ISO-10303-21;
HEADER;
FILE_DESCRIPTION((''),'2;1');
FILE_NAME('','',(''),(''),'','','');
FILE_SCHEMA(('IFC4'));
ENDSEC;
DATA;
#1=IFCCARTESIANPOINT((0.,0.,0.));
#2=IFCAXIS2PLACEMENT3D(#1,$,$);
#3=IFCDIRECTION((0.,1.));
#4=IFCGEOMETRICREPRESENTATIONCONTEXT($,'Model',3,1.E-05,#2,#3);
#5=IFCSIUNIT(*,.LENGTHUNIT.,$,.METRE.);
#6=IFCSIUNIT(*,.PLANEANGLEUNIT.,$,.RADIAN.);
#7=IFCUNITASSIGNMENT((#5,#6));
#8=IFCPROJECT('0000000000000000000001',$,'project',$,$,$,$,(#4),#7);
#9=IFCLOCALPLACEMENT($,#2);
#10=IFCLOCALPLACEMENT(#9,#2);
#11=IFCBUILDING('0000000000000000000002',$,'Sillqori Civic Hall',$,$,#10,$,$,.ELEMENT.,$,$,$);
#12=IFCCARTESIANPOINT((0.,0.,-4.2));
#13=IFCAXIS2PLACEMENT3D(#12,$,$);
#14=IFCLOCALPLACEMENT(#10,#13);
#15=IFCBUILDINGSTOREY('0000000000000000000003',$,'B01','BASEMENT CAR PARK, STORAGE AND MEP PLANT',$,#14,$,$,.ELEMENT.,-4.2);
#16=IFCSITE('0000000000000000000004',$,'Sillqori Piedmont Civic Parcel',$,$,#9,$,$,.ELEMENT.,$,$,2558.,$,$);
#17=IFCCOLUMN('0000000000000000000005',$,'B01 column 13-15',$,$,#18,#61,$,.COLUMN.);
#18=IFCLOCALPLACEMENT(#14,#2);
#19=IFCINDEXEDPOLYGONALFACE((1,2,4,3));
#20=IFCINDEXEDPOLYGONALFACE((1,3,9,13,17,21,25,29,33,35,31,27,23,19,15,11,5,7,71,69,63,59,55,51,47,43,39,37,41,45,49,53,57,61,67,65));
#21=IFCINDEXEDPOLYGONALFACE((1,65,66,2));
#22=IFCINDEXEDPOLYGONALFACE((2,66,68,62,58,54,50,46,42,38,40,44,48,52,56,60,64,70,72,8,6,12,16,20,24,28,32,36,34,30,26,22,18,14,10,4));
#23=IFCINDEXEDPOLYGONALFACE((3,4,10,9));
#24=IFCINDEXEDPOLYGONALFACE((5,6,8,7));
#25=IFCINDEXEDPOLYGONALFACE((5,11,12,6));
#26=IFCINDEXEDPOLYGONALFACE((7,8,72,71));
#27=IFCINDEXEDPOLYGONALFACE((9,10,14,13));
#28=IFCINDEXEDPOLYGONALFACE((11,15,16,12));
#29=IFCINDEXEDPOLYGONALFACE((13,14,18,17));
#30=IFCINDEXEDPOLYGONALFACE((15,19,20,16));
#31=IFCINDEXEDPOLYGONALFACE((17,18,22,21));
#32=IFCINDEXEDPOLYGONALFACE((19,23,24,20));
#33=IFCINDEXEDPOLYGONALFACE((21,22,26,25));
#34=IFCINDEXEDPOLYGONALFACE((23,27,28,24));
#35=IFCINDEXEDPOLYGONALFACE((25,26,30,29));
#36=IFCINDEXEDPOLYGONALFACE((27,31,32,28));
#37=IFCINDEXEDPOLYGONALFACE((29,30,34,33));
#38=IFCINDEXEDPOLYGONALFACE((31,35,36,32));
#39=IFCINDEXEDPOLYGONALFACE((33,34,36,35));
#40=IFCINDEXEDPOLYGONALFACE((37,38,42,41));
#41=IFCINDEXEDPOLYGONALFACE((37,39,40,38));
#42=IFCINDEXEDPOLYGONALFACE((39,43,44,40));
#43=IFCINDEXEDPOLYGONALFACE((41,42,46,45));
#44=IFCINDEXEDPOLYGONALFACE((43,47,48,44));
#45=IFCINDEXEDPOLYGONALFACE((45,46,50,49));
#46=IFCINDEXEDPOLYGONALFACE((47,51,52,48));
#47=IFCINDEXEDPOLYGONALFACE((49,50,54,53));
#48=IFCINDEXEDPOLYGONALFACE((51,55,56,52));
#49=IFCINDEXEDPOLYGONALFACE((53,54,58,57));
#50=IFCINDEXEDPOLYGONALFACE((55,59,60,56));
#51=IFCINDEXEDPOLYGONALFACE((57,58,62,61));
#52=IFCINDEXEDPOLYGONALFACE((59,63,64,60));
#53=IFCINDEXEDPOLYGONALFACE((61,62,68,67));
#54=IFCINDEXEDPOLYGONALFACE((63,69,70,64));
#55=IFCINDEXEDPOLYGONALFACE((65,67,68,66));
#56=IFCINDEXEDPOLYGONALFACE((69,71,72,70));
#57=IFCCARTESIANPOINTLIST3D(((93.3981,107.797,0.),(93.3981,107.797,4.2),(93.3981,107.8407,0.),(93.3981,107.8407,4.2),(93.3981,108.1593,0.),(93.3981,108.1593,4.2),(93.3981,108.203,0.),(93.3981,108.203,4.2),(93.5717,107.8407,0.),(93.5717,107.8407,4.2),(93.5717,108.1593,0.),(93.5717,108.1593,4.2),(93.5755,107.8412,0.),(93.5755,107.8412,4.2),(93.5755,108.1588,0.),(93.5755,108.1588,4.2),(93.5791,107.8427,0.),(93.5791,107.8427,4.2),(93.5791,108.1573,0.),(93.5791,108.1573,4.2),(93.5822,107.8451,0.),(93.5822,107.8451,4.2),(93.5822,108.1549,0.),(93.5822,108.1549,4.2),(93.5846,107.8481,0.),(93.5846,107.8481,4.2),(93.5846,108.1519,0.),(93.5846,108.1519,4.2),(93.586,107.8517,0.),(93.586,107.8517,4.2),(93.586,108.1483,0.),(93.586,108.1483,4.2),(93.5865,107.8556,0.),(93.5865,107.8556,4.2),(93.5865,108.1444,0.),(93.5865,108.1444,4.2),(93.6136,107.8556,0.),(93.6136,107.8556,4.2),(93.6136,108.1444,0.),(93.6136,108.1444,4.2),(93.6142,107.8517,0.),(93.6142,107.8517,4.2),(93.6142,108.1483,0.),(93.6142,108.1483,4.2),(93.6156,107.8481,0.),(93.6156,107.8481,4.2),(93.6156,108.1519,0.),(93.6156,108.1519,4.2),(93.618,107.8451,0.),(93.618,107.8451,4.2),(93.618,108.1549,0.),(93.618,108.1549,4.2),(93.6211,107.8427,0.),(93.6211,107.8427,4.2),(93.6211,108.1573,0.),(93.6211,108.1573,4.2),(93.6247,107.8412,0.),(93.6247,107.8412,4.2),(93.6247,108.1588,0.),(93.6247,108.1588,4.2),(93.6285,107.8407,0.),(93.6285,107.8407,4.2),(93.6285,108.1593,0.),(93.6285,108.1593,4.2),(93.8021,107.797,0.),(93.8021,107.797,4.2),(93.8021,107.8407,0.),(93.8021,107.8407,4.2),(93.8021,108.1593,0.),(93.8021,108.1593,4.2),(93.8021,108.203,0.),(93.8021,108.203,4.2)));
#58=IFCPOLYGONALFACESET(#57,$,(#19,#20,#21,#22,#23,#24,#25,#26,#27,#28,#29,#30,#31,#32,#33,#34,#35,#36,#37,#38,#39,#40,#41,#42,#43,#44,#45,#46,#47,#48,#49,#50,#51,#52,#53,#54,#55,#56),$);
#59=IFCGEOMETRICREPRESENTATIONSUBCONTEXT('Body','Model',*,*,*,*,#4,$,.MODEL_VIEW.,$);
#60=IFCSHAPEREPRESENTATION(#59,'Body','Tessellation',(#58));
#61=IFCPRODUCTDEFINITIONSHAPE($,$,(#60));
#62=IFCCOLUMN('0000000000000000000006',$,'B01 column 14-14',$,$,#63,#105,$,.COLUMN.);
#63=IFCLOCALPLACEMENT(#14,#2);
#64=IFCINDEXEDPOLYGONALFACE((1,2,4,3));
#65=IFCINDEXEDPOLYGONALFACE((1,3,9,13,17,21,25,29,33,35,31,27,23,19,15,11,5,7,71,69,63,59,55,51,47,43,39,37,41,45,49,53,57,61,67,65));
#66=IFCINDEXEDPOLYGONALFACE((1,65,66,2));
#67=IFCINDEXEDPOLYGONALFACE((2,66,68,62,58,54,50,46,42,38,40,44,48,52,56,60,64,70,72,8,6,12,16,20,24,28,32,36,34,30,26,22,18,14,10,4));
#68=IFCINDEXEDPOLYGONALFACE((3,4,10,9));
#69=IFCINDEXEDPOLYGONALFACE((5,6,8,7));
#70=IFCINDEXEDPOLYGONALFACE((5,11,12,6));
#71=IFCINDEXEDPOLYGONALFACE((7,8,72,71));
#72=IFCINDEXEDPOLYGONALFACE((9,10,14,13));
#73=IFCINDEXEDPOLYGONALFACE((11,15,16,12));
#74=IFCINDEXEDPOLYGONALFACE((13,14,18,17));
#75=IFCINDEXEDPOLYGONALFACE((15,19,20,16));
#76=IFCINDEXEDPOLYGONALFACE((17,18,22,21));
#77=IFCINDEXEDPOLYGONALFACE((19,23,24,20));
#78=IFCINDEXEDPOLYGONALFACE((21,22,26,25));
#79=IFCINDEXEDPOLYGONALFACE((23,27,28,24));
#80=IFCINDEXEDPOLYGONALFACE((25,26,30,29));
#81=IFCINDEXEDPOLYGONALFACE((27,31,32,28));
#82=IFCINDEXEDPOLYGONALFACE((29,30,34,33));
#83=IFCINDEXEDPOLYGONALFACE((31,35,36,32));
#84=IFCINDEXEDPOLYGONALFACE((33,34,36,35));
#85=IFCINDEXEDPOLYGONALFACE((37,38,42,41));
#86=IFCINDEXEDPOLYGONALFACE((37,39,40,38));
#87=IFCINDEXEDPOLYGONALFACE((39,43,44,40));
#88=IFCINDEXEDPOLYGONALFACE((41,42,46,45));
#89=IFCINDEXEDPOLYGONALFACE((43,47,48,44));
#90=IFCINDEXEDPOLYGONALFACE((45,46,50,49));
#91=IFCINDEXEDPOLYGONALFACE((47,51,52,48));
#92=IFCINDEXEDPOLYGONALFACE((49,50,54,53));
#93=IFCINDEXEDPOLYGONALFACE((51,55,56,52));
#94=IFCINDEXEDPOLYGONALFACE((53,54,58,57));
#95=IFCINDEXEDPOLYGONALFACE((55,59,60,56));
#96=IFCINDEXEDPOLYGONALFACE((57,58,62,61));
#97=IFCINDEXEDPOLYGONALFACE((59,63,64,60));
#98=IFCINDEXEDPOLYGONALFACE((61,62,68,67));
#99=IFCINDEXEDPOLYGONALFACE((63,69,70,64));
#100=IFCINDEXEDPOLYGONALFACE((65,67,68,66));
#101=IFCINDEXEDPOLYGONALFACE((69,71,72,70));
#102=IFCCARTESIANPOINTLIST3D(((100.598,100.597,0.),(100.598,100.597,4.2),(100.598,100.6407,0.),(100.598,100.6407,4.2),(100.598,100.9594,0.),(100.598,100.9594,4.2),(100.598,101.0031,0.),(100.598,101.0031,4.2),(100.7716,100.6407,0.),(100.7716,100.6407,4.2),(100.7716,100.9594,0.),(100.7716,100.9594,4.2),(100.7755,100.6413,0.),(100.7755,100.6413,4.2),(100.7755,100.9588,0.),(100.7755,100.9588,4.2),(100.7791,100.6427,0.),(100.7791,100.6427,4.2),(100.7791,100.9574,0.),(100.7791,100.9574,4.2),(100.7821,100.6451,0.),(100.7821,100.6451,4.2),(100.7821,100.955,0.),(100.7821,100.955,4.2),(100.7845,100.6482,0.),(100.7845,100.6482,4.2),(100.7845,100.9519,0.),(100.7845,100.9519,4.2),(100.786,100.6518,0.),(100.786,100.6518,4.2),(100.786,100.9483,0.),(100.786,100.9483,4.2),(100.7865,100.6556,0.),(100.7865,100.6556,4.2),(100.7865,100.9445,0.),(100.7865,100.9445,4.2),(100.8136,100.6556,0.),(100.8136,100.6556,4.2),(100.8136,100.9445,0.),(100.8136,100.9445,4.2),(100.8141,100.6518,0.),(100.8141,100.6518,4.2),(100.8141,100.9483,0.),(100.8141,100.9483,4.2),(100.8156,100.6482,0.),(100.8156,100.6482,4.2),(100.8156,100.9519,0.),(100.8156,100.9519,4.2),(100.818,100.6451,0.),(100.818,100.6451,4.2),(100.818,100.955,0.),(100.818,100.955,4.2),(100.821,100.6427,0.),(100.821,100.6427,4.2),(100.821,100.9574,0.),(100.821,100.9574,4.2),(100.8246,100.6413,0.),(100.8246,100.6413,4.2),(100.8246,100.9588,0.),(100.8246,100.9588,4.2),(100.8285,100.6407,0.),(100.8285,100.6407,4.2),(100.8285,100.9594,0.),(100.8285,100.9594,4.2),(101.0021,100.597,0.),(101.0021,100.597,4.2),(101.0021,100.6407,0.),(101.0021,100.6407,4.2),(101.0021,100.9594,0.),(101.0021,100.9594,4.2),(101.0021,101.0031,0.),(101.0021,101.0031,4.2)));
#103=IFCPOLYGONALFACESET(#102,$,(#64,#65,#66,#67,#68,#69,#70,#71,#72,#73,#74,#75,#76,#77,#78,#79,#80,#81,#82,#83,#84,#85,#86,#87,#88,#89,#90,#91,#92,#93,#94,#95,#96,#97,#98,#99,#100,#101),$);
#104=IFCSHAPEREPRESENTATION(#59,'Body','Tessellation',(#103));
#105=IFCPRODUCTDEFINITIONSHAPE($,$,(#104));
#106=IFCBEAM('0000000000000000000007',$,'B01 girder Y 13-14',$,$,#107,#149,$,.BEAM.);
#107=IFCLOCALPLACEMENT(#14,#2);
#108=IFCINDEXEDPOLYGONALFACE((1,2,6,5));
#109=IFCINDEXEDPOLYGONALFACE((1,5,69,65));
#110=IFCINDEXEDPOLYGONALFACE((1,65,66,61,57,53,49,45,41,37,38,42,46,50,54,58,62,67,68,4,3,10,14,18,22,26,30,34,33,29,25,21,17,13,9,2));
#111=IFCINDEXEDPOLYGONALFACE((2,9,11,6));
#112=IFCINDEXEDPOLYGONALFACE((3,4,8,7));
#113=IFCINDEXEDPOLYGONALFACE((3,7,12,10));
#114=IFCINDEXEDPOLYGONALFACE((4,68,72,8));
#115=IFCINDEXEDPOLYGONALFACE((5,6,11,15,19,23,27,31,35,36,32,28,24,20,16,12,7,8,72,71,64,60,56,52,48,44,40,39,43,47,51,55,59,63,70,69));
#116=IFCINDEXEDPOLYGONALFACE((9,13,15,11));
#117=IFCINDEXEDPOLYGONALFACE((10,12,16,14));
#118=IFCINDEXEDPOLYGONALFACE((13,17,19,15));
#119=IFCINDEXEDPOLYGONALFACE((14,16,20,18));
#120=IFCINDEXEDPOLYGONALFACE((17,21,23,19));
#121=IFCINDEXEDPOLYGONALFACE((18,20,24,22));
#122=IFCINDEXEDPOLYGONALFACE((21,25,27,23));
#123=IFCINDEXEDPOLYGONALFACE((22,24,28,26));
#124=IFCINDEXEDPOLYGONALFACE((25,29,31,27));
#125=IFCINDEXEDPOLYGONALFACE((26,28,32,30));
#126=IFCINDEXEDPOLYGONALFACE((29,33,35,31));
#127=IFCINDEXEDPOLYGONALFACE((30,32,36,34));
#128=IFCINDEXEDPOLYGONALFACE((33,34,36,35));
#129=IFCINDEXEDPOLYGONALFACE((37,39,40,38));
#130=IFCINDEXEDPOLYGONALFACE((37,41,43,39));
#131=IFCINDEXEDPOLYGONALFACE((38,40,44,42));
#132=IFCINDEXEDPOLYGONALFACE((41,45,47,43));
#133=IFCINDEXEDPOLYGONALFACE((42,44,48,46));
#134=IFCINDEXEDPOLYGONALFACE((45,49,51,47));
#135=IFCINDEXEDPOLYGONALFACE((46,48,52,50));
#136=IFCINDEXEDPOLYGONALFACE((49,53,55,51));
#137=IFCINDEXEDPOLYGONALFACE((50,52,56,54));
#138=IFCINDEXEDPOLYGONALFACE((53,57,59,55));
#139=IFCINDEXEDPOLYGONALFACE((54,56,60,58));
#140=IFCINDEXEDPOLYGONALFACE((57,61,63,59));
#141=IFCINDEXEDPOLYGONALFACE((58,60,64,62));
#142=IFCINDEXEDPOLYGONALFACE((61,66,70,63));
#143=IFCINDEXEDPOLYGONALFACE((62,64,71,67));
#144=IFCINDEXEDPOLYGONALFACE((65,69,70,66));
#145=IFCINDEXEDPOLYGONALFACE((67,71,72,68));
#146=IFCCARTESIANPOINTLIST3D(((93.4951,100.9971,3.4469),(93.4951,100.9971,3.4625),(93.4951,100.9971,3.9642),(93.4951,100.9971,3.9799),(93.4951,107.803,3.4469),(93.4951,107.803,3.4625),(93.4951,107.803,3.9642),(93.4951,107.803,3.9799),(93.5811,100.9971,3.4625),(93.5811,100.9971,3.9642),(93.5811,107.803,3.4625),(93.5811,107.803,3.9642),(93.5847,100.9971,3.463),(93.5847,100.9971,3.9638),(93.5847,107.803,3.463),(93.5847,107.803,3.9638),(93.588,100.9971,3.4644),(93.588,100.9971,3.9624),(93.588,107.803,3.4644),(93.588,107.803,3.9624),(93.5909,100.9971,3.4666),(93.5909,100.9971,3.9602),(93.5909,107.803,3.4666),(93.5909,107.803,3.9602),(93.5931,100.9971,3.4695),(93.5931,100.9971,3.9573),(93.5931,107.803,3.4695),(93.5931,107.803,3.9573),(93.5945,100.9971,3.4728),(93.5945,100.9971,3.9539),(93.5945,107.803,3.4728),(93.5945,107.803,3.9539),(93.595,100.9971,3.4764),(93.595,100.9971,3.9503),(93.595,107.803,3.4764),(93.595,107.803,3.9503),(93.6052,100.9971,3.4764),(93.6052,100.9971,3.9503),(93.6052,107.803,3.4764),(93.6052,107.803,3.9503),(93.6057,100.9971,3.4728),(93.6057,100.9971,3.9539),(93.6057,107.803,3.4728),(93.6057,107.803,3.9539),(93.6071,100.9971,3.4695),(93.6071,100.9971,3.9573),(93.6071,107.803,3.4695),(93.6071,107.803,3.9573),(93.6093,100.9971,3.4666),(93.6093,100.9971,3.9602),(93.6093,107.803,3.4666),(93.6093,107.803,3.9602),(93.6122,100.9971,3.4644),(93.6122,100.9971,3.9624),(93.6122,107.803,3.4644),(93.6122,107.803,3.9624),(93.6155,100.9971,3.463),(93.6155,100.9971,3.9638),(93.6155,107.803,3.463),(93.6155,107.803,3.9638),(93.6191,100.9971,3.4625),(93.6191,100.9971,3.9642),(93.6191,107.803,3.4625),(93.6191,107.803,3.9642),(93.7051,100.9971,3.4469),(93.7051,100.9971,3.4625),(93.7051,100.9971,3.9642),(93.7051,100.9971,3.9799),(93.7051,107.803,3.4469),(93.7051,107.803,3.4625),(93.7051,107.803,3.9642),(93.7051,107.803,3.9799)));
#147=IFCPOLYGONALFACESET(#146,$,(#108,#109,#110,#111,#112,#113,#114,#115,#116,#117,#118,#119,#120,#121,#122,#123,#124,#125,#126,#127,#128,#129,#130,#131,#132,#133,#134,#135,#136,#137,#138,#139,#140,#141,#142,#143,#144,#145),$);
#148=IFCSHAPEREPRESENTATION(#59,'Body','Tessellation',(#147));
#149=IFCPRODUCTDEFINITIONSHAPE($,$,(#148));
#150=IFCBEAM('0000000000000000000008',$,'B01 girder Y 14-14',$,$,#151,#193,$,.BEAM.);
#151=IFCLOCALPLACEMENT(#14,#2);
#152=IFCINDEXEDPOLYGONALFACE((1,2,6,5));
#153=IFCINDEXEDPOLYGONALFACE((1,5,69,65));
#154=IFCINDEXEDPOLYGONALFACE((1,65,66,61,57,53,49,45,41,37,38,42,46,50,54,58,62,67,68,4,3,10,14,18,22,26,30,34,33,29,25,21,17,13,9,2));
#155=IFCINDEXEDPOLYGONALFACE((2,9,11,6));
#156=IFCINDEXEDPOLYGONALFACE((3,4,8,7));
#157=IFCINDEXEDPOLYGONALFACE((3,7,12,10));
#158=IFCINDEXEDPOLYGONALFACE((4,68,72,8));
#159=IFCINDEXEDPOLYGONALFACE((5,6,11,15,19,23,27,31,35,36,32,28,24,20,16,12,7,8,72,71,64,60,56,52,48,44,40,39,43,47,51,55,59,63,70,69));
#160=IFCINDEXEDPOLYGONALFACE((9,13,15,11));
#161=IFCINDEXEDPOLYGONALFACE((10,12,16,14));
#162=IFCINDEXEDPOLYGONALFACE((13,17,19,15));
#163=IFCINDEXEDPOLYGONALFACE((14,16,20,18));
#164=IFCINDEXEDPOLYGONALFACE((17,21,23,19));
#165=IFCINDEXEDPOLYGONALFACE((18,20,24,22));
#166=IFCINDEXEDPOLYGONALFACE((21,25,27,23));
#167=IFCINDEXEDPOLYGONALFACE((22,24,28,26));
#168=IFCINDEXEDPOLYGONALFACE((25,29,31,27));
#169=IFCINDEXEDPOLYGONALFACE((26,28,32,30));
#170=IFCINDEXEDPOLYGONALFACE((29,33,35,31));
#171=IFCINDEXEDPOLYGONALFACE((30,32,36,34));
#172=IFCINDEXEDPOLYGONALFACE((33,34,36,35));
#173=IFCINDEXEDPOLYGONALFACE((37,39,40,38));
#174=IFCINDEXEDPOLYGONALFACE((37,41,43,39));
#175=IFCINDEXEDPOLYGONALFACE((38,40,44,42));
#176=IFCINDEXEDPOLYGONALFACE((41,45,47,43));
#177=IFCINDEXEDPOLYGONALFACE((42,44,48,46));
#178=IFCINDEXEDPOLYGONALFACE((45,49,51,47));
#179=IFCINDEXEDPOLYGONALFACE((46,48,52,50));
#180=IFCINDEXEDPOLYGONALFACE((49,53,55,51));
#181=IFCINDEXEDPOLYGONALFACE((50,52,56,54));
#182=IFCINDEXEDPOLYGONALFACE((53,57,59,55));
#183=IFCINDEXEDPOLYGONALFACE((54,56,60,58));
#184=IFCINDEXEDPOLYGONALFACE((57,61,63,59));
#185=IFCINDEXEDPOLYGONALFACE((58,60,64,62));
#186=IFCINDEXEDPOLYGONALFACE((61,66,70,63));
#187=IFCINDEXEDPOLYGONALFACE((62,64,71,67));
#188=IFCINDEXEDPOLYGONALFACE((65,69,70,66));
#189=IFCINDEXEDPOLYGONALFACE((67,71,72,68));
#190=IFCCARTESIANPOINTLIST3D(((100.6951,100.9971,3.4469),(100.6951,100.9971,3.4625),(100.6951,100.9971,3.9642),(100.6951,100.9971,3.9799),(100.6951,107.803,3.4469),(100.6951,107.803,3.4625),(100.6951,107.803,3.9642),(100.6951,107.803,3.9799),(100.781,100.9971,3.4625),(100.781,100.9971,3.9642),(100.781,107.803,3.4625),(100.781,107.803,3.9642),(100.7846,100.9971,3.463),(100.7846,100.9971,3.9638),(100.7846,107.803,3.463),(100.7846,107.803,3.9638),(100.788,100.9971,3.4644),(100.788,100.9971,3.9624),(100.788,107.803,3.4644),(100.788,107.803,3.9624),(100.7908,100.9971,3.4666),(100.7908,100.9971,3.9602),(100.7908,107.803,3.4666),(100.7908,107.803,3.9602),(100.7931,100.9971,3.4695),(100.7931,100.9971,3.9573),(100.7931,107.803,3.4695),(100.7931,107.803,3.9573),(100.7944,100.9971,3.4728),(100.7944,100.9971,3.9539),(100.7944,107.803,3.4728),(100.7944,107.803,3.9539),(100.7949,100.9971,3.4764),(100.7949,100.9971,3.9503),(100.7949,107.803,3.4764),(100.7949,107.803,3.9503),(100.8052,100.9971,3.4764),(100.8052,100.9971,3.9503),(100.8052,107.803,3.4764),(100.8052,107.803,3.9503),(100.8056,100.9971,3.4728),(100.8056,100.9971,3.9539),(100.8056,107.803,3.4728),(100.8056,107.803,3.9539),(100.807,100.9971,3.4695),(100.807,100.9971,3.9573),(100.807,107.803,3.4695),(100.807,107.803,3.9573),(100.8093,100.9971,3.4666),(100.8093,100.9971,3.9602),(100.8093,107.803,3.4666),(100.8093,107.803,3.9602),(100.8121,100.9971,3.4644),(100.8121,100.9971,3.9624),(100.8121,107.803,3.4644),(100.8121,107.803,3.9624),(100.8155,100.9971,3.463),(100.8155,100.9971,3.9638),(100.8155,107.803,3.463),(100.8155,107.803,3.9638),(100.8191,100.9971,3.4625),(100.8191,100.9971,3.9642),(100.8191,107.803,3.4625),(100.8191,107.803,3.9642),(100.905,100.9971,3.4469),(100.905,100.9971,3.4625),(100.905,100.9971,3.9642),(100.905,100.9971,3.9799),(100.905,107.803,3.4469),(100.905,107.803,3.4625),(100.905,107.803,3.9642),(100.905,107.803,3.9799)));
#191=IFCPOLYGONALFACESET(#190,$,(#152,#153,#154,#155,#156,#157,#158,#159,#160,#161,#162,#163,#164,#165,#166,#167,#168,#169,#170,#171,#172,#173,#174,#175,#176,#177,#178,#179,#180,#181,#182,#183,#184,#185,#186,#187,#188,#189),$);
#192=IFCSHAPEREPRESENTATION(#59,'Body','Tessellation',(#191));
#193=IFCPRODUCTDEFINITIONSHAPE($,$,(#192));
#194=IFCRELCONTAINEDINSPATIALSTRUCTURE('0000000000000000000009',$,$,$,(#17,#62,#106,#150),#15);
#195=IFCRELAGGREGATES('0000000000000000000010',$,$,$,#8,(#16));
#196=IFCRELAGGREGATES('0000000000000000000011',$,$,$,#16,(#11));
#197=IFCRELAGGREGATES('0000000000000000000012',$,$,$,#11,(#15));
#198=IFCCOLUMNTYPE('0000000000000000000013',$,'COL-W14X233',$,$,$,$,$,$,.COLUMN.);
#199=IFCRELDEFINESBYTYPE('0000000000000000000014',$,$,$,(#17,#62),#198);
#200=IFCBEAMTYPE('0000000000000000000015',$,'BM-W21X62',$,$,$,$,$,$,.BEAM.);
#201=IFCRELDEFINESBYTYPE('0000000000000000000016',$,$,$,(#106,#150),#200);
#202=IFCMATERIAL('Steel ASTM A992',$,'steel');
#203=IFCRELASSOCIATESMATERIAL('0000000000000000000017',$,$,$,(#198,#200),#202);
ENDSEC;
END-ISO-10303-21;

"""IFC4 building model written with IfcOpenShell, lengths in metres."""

from ifc_helpers import new_model, si_unit, direction, frame, origin, origin_2d, place, context, subcontext, project, spatial, i_section, extrude, material, material_profile, profile_set, type_object, element, save


model = new_model("IFC4")

# Units and contexts
model_context = context("Model", 3, precision=1e-05, world=origin(), true_north=direction((0.0, 1.0)))
body_context = subcontext(model_context, "Body", "Model", "MODEL_VIEW")
ifc_project = project(units=[si_unit("LENGTHUNIT", "METRE"), si_unit("PLANEANGLEUNIT", "RADIAN")], contexts=[model_context])

# Site, building, storey
site_placement = place(None, origin())
site = spatial("IfcSite", under=ifc_project, at=site_placement, Name="Sillqori Piedmont Civic Parcel", CompositionType="ELEMENT", RefElevation=2558.0)
building_placement = place(site_placement, origin())
building = spatial("IfcBuilding", under=site, at=building_placement, Name="Sillqori Civic Hall", CompositionType="ELEMENT")
storey_placement = place(building_placement, frame((0.0, 0.0, -4.2)))
storey = spatial("IfcBuildingStorey", under=building, at=storey_placement, Name="B01", Description="BASEMENT CAR PARK, STORAGE AND MEP PLANT", CompositionType="ELEMENT", Elevation=-4.2)

# Columns
ifc_material_1 = material(Name="Steel ASTM A992", Category="steel")
ifc_material_profile_1 = material_profile(ifc_material_1, i_section(OverallWidth=0.4041, OverallDepth=0.406, WebThickness=0.0271, FlangeThickness=0.0437, FilletRadius=0.0149, at=origin_2d()), Name="W14X233")
ifc_profile_set_1 = profile_set([ifc_material_profile_1], Name="Steel ASTM A992")
column_type = type_object("IfcColumnType", Name="COL-W14X233", PredefinedType="COLUMN", material=ifc_profile_set_1)
for number, where, z_axis, x_axis, name in (
    (1, (93.6001, 108.0, 0.0), (0.0, 0.0, 1.0), (1.0, 0.0, 0.0), "B01 column 13-15"),
    (2, (100.8, 100.8, 0.0), (0.0, 0.0, 1.0), (1.0, 0.0, 0.0), "B01 column 14-14"),
):
    element("IfcColumn", number, at=place(storey_placement, frame(where, z_axis=z_axis, x_axis=x_axis)), inside=storey, type_object=column_type, Name=name, PredefinedType="COLUMN", context=body_context, shape_type="SweptSolid", body=[
        extrude(i_section(OverallWidth=0.4041, OverallDepth=0.406, WebThickness=0.0271, FlangeThickness=0.0437, FilletRadius=0.0149, at=origin_2d()), origin(), (0.0, 0.0, 1.0), 4.2),
    ])

# Beams
ifc_material_profile_2 = material_profile(ifc_material_1, i_section(OverallWidth=0.21, OverallDepth=0.533, WebThickness=0.0103, FlangeThickness=0.0156, FilletRadius=0.0139, at=origin_2d()), Name="W21X62")
ifc_profile_set_2 = profile_set([ifc_material_profile_2], Name="Steel ASTM A992")
beam_type_1 = type_object("IfcBeamType", Name="BM-W21X62", PredefinedType="BEAM", material=ifc_profile_set_2)
for number, where, z_axis, x_axis, name in (
    (3, (93.6001, 100.9971, 3.7134), (0.0, 1.0, 0.0), (-1.0, 0.0, 0.0), "B01 girder Y 13-14"),
    (4, (100.8, 100.9971, 3.7134), (0.0, 1.0, 0.0), (-1.0, 0.0, 0.0), "B01 girder Y 14-14"),
):
    element("IfcBeam", number, at=place(storey_placement, frame(where, z_axis=z_axis, x_axis=x_axis)), inside=storey, type_object=beam_type_1, Name=name, PredefinedType="BEAM", context=body_context, shape_type="SweptSolid", body=[
        extrude(i_section(OverallWidth=0.21, OverallDepth=0.533, WebThickness=0.0103, FlangeThickness=0.0156, FilletRadius=0.0139, at=origin_2d()), origin(), (0.0, 0.0, 1.0), 6.8059),
    ])

save(model, "model.ifc")
